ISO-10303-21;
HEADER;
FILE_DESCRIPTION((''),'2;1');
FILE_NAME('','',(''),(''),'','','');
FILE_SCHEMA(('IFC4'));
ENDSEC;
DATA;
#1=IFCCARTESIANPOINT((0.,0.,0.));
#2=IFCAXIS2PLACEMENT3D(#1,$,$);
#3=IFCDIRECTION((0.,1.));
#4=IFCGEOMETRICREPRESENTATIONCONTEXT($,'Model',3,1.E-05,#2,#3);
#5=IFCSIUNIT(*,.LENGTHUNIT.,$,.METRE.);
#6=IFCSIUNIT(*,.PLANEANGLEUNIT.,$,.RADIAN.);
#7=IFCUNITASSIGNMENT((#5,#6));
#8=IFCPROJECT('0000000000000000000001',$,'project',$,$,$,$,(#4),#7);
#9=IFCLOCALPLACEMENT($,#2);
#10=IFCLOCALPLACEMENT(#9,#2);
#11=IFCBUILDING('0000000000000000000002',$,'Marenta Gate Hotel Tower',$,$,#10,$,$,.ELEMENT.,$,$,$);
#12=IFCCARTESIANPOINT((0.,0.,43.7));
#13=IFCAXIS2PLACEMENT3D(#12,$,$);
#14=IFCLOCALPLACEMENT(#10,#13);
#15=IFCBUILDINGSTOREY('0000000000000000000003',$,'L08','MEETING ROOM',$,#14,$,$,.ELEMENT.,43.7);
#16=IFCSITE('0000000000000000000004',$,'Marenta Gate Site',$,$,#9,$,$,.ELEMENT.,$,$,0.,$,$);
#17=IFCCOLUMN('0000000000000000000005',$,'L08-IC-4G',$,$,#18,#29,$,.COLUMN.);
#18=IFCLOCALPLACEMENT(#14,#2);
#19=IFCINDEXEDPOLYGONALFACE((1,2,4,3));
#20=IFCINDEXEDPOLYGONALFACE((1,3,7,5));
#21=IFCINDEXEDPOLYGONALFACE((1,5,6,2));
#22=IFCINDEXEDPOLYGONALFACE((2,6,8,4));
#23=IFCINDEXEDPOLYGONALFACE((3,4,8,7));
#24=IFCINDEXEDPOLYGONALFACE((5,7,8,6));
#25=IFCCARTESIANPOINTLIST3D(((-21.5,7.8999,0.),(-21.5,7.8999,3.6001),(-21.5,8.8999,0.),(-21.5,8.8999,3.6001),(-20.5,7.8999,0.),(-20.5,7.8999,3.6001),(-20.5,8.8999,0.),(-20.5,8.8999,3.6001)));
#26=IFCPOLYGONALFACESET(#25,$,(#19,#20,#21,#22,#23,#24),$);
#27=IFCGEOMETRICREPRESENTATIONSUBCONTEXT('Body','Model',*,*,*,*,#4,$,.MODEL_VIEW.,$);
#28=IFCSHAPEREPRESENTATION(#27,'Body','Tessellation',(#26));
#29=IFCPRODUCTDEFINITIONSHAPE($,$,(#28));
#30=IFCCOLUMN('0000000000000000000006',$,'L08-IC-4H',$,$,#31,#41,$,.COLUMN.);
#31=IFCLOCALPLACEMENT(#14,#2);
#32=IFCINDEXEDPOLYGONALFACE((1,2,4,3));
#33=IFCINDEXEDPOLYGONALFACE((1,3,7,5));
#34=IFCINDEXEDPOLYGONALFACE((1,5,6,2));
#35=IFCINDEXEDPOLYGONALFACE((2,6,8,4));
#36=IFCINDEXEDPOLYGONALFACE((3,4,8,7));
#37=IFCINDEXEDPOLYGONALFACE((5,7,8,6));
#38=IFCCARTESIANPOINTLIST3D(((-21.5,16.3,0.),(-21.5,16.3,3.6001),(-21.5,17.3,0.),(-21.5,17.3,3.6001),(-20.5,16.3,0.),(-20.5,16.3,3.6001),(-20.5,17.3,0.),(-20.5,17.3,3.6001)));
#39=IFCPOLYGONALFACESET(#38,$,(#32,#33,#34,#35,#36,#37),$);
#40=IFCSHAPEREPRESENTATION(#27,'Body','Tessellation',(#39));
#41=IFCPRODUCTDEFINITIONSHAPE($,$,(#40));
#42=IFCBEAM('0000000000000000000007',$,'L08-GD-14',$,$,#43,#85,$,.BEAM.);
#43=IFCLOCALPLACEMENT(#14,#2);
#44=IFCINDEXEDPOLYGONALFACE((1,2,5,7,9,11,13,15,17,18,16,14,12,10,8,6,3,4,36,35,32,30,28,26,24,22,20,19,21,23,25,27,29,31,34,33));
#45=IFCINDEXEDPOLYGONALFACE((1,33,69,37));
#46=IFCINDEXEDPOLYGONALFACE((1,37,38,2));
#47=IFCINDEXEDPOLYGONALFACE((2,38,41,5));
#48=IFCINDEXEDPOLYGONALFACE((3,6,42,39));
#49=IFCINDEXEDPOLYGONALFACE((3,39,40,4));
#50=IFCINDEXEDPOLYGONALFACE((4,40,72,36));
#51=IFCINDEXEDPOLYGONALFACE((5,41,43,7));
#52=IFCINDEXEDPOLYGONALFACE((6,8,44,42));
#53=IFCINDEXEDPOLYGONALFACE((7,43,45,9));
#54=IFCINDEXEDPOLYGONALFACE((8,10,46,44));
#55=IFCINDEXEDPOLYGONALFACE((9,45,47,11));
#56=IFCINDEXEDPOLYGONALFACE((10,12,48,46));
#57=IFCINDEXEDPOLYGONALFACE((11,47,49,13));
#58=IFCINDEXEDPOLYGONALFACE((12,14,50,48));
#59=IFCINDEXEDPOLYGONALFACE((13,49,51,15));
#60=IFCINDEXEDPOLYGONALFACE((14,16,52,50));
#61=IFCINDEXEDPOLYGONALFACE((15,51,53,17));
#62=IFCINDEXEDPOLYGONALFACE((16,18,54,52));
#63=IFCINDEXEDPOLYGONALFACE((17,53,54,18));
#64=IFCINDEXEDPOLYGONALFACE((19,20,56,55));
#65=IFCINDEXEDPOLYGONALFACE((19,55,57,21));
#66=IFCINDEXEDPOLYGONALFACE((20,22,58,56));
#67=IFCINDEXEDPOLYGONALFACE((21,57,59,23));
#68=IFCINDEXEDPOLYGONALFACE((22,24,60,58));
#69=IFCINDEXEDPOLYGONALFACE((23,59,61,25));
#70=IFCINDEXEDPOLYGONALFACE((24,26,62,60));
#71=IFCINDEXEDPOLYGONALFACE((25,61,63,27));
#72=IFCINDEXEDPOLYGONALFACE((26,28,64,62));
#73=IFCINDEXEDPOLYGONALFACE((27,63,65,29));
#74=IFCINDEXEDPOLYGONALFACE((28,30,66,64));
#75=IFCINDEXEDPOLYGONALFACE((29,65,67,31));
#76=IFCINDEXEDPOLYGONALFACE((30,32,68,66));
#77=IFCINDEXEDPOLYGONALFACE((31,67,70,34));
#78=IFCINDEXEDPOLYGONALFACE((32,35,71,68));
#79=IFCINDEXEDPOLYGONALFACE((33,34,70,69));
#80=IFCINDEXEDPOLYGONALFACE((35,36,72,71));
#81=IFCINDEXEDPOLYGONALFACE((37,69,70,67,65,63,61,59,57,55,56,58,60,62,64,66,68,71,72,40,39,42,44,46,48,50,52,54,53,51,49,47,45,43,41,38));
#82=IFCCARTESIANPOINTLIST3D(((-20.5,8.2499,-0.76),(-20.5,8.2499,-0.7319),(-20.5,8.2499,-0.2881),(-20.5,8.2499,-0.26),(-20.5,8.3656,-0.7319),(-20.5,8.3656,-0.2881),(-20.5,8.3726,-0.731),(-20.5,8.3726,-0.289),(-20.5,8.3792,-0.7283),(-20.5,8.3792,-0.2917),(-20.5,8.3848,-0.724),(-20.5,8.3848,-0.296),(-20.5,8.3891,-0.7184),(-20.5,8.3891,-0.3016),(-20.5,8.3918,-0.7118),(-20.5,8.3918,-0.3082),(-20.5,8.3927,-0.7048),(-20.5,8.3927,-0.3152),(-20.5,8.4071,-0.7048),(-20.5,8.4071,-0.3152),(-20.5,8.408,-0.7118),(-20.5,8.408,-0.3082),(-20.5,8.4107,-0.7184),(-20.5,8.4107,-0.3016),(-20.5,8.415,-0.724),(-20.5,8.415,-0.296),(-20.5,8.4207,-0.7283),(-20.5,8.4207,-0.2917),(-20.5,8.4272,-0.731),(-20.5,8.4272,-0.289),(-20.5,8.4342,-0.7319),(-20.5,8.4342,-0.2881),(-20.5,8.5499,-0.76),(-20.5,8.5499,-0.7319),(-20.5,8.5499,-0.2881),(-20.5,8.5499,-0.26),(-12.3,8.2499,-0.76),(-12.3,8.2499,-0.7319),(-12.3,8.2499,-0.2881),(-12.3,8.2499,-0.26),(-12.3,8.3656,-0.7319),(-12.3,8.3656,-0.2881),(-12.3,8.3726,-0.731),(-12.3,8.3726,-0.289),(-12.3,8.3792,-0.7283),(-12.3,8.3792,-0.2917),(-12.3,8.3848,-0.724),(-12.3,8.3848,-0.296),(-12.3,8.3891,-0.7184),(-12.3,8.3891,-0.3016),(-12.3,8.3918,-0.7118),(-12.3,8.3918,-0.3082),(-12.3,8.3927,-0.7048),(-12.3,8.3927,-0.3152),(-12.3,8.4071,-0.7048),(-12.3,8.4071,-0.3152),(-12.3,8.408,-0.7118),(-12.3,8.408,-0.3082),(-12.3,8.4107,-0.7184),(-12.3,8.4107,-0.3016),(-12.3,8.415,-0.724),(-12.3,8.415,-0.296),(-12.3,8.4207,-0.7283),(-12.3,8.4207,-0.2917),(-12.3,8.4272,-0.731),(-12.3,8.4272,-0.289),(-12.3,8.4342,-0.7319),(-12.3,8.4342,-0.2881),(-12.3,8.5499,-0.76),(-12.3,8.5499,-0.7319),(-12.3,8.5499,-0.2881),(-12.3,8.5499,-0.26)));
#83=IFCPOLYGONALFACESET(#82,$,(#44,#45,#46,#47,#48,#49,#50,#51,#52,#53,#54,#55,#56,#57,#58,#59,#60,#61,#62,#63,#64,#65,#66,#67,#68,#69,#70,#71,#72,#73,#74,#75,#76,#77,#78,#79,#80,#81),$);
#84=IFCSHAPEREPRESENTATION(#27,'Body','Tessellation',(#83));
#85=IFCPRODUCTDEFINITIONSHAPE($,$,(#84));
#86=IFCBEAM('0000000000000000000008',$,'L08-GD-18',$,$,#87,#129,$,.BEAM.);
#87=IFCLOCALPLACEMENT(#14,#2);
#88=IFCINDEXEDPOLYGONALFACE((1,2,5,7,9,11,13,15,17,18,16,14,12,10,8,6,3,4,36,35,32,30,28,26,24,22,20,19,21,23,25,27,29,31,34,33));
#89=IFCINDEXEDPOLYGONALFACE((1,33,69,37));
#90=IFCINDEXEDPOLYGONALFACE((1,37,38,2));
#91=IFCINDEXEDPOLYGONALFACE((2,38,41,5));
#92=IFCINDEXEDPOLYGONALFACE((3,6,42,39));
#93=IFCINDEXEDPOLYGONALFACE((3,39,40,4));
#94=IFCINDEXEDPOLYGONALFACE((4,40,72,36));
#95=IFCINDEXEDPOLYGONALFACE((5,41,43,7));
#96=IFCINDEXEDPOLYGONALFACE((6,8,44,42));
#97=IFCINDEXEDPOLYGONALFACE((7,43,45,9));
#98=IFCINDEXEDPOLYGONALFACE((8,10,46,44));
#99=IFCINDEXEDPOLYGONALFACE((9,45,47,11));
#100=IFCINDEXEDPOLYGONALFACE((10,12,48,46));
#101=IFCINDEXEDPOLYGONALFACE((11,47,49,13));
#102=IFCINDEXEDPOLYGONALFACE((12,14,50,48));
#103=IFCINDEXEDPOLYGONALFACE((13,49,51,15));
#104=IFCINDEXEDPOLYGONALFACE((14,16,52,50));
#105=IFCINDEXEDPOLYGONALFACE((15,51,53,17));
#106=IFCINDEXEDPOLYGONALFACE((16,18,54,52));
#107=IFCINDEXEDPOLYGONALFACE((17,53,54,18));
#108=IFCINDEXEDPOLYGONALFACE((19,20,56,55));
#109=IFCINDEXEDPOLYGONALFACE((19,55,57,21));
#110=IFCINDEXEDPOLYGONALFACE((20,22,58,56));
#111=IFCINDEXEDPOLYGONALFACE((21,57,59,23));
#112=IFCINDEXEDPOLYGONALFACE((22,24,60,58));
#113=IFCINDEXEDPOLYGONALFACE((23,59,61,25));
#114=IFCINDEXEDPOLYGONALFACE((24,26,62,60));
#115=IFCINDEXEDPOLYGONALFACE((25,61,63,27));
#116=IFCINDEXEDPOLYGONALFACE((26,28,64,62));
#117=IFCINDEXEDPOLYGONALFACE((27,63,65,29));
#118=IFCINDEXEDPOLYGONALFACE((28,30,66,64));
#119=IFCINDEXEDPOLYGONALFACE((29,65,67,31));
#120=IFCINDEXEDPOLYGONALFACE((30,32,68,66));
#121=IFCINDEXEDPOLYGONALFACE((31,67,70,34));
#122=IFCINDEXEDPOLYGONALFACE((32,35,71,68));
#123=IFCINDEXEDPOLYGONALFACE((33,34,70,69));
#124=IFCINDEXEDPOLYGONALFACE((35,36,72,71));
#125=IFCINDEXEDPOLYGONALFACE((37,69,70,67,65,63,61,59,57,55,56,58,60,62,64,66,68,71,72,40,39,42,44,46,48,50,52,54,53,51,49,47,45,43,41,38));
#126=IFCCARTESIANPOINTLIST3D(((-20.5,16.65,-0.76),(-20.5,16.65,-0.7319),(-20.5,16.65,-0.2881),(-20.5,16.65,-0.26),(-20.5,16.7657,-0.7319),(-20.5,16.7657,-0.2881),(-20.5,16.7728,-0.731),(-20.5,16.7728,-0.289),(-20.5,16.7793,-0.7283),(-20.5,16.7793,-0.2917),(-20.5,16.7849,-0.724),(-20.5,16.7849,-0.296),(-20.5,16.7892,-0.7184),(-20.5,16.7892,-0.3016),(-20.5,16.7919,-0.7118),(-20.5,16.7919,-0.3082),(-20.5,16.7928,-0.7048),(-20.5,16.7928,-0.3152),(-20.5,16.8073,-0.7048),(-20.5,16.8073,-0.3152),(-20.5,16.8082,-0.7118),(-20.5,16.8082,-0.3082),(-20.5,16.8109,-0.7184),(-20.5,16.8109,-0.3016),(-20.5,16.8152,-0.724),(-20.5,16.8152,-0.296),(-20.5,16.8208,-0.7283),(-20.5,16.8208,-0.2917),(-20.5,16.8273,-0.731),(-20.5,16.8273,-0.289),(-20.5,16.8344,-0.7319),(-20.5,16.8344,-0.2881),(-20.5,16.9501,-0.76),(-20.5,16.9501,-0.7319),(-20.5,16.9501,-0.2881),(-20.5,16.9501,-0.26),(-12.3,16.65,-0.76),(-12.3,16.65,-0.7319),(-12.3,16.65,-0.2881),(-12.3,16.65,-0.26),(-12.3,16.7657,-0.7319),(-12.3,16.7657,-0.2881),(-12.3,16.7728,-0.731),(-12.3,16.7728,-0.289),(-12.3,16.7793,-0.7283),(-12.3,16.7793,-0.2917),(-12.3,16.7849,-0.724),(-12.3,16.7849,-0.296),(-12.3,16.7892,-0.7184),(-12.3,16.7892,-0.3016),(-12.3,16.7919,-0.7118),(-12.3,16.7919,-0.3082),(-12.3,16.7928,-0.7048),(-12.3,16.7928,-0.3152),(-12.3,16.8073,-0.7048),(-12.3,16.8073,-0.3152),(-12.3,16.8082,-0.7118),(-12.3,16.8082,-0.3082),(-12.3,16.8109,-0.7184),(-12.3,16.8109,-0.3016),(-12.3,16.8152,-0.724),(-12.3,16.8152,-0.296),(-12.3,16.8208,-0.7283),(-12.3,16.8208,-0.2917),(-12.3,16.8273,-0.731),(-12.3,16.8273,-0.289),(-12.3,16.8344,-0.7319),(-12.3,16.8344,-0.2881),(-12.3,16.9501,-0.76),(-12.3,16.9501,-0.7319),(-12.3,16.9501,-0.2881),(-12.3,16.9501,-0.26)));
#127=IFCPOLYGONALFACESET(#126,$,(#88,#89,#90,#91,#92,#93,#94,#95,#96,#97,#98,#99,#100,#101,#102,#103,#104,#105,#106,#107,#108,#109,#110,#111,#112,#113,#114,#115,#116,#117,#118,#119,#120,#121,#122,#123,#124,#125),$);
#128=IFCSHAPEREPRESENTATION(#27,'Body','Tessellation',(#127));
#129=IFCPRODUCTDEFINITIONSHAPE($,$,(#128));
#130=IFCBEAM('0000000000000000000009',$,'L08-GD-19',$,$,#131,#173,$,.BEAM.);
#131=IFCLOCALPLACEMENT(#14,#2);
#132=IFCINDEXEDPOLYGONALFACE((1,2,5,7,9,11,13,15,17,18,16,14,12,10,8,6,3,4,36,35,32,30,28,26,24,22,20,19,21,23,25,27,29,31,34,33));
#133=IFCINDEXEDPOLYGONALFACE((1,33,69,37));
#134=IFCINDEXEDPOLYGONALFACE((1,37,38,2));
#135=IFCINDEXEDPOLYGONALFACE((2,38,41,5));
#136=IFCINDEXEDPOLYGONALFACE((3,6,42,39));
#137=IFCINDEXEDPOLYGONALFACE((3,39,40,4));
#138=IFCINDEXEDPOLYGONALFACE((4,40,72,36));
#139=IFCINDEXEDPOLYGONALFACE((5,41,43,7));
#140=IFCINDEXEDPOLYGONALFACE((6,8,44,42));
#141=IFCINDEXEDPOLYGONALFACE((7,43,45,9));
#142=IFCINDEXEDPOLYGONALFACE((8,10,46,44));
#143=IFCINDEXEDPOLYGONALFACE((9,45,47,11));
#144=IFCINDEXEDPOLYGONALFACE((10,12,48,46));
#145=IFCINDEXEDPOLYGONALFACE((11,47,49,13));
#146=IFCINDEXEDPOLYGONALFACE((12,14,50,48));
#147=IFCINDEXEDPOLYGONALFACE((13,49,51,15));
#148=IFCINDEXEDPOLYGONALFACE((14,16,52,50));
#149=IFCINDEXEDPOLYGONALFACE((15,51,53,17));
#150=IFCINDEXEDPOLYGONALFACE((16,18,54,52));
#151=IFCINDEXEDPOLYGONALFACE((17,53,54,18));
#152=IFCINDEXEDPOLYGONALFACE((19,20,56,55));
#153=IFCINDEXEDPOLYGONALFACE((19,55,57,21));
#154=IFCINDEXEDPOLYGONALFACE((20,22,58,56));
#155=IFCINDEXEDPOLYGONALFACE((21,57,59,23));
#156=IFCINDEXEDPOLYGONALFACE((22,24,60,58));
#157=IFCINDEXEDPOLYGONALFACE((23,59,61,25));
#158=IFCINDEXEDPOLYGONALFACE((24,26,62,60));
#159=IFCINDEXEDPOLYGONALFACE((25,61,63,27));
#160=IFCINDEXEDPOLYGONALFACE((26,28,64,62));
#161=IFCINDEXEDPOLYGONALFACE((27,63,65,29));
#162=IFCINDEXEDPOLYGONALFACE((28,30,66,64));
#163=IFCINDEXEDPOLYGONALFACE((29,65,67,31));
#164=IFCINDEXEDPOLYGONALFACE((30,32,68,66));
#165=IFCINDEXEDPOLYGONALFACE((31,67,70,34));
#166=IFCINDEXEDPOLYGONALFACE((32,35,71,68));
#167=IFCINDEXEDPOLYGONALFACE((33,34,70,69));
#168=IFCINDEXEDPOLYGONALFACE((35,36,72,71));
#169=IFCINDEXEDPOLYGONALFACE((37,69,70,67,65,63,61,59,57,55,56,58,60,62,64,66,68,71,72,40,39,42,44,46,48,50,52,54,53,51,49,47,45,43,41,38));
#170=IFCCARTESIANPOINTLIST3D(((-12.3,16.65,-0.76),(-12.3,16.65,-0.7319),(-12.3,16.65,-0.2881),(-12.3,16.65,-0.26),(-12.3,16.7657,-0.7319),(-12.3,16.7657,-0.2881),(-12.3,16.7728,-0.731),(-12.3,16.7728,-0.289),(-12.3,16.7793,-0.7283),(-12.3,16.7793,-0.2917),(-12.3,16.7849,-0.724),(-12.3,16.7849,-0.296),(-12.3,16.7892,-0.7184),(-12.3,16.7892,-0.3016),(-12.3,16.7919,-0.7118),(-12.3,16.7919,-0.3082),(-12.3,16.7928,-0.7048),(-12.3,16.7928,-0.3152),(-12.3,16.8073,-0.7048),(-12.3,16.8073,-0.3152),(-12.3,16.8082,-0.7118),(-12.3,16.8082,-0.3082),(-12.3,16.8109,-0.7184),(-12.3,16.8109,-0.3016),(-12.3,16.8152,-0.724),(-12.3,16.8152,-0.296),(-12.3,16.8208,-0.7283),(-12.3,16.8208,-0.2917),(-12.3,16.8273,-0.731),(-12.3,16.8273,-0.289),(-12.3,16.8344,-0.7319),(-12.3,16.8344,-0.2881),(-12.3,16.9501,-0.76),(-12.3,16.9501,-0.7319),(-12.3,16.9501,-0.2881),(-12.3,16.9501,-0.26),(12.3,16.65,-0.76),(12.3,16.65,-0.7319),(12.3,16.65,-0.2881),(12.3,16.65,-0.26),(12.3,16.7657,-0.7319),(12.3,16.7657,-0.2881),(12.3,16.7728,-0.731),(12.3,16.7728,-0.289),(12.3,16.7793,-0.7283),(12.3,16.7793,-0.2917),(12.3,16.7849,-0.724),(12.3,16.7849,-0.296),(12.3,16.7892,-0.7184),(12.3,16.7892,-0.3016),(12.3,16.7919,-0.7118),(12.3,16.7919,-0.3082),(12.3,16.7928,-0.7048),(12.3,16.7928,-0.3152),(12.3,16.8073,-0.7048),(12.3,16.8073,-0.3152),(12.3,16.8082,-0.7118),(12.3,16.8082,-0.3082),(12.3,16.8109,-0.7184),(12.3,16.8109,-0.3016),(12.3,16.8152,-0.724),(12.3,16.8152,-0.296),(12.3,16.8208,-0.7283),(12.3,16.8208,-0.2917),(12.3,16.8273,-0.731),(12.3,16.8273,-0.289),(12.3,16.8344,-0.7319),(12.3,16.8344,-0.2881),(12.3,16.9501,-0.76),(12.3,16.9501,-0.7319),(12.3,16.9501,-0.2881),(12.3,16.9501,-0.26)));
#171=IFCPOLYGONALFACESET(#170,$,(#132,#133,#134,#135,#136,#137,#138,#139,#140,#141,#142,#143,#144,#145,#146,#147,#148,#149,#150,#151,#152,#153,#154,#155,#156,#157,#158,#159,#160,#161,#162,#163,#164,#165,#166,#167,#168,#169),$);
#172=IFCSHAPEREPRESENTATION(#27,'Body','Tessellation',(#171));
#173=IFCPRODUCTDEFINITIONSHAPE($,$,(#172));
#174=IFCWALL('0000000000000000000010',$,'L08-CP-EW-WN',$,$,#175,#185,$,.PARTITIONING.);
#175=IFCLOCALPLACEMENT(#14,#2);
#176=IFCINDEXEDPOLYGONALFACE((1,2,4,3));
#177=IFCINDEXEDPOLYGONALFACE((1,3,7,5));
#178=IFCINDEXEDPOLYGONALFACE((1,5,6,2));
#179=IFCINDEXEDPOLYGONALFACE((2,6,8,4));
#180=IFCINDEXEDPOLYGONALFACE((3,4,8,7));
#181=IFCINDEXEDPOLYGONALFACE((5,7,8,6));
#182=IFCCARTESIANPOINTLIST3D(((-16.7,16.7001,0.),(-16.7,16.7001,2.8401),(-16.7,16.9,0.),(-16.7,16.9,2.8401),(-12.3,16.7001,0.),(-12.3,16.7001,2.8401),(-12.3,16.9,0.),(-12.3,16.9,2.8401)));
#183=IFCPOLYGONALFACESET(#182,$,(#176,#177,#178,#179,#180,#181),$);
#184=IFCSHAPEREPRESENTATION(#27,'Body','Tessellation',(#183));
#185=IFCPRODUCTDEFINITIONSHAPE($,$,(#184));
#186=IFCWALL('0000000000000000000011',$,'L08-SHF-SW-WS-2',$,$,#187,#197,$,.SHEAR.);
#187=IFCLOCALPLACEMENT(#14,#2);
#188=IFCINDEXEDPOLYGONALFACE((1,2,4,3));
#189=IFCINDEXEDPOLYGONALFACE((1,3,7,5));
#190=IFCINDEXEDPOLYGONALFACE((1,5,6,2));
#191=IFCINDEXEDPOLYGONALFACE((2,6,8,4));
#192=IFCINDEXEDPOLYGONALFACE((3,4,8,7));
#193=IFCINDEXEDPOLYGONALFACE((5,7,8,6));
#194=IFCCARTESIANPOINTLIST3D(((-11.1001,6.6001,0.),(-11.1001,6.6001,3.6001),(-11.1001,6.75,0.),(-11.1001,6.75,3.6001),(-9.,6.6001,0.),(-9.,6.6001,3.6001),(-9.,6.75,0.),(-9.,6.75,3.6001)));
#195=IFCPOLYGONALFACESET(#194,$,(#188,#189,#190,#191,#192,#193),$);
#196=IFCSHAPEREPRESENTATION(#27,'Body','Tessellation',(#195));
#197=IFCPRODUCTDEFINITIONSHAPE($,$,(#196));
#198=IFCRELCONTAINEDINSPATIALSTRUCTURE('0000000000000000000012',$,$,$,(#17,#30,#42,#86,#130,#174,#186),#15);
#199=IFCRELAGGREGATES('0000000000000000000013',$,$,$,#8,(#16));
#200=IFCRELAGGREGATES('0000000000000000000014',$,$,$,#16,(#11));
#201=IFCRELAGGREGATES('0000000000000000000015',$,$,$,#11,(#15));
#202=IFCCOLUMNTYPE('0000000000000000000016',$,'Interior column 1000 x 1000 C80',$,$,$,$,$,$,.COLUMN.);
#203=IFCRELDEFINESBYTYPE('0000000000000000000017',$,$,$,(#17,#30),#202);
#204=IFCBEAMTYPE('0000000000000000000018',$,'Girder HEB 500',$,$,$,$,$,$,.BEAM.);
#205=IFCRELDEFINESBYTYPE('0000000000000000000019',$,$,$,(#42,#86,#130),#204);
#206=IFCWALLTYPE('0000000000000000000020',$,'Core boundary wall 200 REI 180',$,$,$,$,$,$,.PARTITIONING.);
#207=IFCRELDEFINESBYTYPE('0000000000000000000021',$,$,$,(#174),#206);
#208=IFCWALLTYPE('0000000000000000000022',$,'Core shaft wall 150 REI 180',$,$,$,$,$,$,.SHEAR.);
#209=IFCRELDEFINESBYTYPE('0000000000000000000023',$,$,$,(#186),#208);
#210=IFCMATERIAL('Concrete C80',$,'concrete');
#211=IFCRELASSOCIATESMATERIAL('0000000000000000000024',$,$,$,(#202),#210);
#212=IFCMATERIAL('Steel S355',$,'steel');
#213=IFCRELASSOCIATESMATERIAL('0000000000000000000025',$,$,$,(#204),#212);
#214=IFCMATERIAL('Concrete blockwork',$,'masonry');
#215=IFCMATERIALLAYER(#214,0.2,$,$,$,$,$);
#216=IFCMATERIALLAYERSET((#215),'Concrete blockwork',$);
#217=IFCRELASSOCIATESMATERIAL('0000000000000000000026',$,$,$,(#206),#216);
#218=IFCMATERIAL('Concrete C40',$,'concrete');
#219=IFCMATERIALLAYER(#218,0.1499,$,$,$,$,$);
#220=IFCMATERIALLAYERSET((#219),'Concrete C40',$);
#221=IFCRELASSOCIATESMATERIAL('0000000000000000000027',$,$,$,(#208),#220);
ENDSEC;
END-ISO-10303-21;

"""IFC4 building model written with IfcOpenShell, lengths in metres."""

from ifc_helpers import new_model, si_unit, direction, frame, frame_2d, origin, origin_2d, place, context, subcontext, project, spatial, rectangle, i_section, extrude, material, layer, layer_set, material_profile, profile_set, type_object, element, save


model = new_model("IFC4")

# Units and contexts
model_context = context("Model", 3, precision=1e-05, world=origin(), true_north=direction((0.0, 1.0)))
body_context = subcontext(model_context, "Body", "Model", "MODEL_VIEW")
ifc_project = project(units=[si_unit("LENGTHUNIT", "METRE"), si_unit("PLANEANGLEUNIT", "RADIAN")], contexts=[model_context])

# Site, building, storey
site_placement = place(None, origin())
site = spatial("IfcSite", under=ifc_project, at=site_placement, Name="Marenta Gate Site", CompositionType="ELEMENT", RefElevation=0.0)
building_placement = place(site_placement, origin())
building = spatial("IfcBuilding", under=site, at=building_placement, Name="Marenta Gate Hotel Tower", CompositionType="ELEMENT")
storey_placement = place(building_placement, frame((0.0, 0.0, 43.7)))
storey = spatial("IfcBuildingStorey", under=building, at=storey_placement, Name="L08", Description="MEETING ROOM", CompositionType="ELEMENT", Elevation=43.7)

# Columns
ifc_material_1 = material(Name="Concrete C80", Category="concrete")
ifc_material_profile_1 = material_profile(ifc_material_1, rectangle(XDim=1.0, YDim=1.0, at=origin_2d()), Name="1000 x 1000")
ifc_profile_set_1 = profile_set([ifc_material_profile_1], Name="Concrete C80")
column_type = type_object("IfcColumnType", Name="Interior column 1000 x 1000 C80", PredefinedType="COLUMN", material=ifc_profile_set_1)
for number, where, z_axis, x_axis, name in (
    (1, (-21.0, 8.3999, 0.0), (0.0, 0.0, 1.0), (1.0, 0.0, 0.0), "L08-IC-4G"),
    (2, (-21.0, 16.8, 0.0), (0.0, 0.0, 1.0), (1.0, 0.0, 0.0), "L08-IC-4H"),
):
    element("IfcColumn", number, at=place(storey_placement, frame(where, z_axis=z_axis, x_axis=x_axis)), inside=storey, type_object=column_type, Name=name, PredefinedType="COLUMN", context=body_context, shape_type="SweptSolid", body=[
        extrude(rectangle(XDim=1.0, YDim=1.0, at=origin_2d()), origin(), (0.0, 0.0, 1.0), 3.6001),
    ])

# Beams
ifc_material_2 = material(Name="Steel S355", Category="steel")
ifc_material_profile_2 = material_profile(ifc_material_2, i_section(OverallWidth=0.3, OverallDepth=0.5, WebThickness=0.0144, FlangeThickness=0.0281, FilletRadius=0.0271, at=origin_2d()), Name="HEB 500")
ifc_profile_set_2 = profile_set([ifc_material_profile_2], Name="Steel S355")
beam_type = type_object("IfcBeamType", Name="Girder HEB 500", PredefinedType="BEAM", material=ifc_profile_set_2)
for number, where, z_axis, x_axis, name in (
    (3, (-20.5, 8.3999, -0.51), (1.0, 0.0, 0.0), (0.0, 1.0, 0.0), "L08-GD-14"),
    (4, (-20.5, 16.8, -0.51), (1.0, 0.0, 0.0), (0.0, 1.0, 0.0), "L08-GD-18"),
):
    element("IfcBeam", number, at=place(storey_placement, frame(where, z_axis=z_axis, x_axis=x_axis)), inside=storey, type_object=beam_type, Name=name, PredefinedType="BEAM", context=body_context, shape_type="SweptSolid", body=[
        extrude(i_section(OverallWidth=0.3, OverallDepth=0.5, WebThickness=0.0144, FlangeThickness=0.0281, FilletRadius=0.0271, at=origin_2d()), origin(), (0.0, 0.0, 1.0), 8.2),
    ])
beam_placement = place(storey_placement, frame((-12.3, 16.8, -0.51), z_axis=(1.0, 0.0, 0.0), x_axis=(0.0, 1.0, 0.0)))
element("IfcBeam", 5, at=beam_placement, inside=storey, type_object=beam_type, Name="L08-GD-19", PredefinedType="BEAM", context=body_context, shape_type="SweptSolid", body=[
    extrude(i_section(OverallWidth=0.3, OverallDepth=0.5, WebThickness=0.0144, FlangeThickness=0.0281, FilletRadius=0.0271, at=origin_2d()), origin(), (0.0, 0.0, 1.0), 24.6001),
])

# Walls
ifc_material_3 = material(Name="Concrete blockwork", Category="masonry")
ifc_layer_1 = layer(ifc_material_3, 0.2)
ifc_layer_set_1 = layer_set([ifc_layer_1], Name="Concrete blockwork")
wall_type_1 = type_object("IfcWallType", Name="Core boundary wall 200 REI 180", PredefinedType="PARTITIONING", material=ifc_layer_set_1)
wall_1_placement = place(storey_placement, frame((-16.7, 16.8, 0.0), z_axis=(0.0, 0.0, 1.0), x_axis=(1.0, 0.0, 0.0)))
element("IfcWall", 6, at=wall_1_placement, inside=storey, type_object=wall_type_1, Name="L08-CP-EW-WN", PredefinedType="PARTITIONING", context=body_context, shape_type="SweptSolid", body=[
    extrude(rectangle(XDim=4.3999, YDim=0.2, at=frame_2d((2.2, 0.0))), origin(), (0.0, 0.0, 1.0), 2.8401),
])
ifc_material_4 = material(Name="Concrete C40", Category="concrete")
ifc_layer_2 = layer(ifc_material_4, 0.1499)
ifc_layer_set_2 = layer_set([ifc_layer_2], Name="Concrete C40")
wall_type_2 = type_object("IfcWallType", Name="Core shaft wall 150 REI 180", PredefinedType="SHEAR", material=ifc_layer_set_2)
for number, where, z_axis, x_axis, name in (
    (7, (-11.1001, 6.675, 0.0), (0.0, 0.0, 1.0), (1.0, 0.0, 0.0), "L08-SHF-SW-WS-2"),
):
    element("IfcWall", number, at=place(storey_placement, frame(where, z_axis=z_axis, x_axis=x_axis)), inside=storey, type_object=wall_type_2, Name=name, PredefinedType="SHEAR", context=body_context, shape_type="SweptSolid", body=[
        extrude(rectangle(XDim=2.1001, YDim=0.1499, at=frame_2d((1.05, 0.0))), origin(), (0.0, 0.0, 1.0), 3.6001),
    ])

save(model, "model.ifc")
